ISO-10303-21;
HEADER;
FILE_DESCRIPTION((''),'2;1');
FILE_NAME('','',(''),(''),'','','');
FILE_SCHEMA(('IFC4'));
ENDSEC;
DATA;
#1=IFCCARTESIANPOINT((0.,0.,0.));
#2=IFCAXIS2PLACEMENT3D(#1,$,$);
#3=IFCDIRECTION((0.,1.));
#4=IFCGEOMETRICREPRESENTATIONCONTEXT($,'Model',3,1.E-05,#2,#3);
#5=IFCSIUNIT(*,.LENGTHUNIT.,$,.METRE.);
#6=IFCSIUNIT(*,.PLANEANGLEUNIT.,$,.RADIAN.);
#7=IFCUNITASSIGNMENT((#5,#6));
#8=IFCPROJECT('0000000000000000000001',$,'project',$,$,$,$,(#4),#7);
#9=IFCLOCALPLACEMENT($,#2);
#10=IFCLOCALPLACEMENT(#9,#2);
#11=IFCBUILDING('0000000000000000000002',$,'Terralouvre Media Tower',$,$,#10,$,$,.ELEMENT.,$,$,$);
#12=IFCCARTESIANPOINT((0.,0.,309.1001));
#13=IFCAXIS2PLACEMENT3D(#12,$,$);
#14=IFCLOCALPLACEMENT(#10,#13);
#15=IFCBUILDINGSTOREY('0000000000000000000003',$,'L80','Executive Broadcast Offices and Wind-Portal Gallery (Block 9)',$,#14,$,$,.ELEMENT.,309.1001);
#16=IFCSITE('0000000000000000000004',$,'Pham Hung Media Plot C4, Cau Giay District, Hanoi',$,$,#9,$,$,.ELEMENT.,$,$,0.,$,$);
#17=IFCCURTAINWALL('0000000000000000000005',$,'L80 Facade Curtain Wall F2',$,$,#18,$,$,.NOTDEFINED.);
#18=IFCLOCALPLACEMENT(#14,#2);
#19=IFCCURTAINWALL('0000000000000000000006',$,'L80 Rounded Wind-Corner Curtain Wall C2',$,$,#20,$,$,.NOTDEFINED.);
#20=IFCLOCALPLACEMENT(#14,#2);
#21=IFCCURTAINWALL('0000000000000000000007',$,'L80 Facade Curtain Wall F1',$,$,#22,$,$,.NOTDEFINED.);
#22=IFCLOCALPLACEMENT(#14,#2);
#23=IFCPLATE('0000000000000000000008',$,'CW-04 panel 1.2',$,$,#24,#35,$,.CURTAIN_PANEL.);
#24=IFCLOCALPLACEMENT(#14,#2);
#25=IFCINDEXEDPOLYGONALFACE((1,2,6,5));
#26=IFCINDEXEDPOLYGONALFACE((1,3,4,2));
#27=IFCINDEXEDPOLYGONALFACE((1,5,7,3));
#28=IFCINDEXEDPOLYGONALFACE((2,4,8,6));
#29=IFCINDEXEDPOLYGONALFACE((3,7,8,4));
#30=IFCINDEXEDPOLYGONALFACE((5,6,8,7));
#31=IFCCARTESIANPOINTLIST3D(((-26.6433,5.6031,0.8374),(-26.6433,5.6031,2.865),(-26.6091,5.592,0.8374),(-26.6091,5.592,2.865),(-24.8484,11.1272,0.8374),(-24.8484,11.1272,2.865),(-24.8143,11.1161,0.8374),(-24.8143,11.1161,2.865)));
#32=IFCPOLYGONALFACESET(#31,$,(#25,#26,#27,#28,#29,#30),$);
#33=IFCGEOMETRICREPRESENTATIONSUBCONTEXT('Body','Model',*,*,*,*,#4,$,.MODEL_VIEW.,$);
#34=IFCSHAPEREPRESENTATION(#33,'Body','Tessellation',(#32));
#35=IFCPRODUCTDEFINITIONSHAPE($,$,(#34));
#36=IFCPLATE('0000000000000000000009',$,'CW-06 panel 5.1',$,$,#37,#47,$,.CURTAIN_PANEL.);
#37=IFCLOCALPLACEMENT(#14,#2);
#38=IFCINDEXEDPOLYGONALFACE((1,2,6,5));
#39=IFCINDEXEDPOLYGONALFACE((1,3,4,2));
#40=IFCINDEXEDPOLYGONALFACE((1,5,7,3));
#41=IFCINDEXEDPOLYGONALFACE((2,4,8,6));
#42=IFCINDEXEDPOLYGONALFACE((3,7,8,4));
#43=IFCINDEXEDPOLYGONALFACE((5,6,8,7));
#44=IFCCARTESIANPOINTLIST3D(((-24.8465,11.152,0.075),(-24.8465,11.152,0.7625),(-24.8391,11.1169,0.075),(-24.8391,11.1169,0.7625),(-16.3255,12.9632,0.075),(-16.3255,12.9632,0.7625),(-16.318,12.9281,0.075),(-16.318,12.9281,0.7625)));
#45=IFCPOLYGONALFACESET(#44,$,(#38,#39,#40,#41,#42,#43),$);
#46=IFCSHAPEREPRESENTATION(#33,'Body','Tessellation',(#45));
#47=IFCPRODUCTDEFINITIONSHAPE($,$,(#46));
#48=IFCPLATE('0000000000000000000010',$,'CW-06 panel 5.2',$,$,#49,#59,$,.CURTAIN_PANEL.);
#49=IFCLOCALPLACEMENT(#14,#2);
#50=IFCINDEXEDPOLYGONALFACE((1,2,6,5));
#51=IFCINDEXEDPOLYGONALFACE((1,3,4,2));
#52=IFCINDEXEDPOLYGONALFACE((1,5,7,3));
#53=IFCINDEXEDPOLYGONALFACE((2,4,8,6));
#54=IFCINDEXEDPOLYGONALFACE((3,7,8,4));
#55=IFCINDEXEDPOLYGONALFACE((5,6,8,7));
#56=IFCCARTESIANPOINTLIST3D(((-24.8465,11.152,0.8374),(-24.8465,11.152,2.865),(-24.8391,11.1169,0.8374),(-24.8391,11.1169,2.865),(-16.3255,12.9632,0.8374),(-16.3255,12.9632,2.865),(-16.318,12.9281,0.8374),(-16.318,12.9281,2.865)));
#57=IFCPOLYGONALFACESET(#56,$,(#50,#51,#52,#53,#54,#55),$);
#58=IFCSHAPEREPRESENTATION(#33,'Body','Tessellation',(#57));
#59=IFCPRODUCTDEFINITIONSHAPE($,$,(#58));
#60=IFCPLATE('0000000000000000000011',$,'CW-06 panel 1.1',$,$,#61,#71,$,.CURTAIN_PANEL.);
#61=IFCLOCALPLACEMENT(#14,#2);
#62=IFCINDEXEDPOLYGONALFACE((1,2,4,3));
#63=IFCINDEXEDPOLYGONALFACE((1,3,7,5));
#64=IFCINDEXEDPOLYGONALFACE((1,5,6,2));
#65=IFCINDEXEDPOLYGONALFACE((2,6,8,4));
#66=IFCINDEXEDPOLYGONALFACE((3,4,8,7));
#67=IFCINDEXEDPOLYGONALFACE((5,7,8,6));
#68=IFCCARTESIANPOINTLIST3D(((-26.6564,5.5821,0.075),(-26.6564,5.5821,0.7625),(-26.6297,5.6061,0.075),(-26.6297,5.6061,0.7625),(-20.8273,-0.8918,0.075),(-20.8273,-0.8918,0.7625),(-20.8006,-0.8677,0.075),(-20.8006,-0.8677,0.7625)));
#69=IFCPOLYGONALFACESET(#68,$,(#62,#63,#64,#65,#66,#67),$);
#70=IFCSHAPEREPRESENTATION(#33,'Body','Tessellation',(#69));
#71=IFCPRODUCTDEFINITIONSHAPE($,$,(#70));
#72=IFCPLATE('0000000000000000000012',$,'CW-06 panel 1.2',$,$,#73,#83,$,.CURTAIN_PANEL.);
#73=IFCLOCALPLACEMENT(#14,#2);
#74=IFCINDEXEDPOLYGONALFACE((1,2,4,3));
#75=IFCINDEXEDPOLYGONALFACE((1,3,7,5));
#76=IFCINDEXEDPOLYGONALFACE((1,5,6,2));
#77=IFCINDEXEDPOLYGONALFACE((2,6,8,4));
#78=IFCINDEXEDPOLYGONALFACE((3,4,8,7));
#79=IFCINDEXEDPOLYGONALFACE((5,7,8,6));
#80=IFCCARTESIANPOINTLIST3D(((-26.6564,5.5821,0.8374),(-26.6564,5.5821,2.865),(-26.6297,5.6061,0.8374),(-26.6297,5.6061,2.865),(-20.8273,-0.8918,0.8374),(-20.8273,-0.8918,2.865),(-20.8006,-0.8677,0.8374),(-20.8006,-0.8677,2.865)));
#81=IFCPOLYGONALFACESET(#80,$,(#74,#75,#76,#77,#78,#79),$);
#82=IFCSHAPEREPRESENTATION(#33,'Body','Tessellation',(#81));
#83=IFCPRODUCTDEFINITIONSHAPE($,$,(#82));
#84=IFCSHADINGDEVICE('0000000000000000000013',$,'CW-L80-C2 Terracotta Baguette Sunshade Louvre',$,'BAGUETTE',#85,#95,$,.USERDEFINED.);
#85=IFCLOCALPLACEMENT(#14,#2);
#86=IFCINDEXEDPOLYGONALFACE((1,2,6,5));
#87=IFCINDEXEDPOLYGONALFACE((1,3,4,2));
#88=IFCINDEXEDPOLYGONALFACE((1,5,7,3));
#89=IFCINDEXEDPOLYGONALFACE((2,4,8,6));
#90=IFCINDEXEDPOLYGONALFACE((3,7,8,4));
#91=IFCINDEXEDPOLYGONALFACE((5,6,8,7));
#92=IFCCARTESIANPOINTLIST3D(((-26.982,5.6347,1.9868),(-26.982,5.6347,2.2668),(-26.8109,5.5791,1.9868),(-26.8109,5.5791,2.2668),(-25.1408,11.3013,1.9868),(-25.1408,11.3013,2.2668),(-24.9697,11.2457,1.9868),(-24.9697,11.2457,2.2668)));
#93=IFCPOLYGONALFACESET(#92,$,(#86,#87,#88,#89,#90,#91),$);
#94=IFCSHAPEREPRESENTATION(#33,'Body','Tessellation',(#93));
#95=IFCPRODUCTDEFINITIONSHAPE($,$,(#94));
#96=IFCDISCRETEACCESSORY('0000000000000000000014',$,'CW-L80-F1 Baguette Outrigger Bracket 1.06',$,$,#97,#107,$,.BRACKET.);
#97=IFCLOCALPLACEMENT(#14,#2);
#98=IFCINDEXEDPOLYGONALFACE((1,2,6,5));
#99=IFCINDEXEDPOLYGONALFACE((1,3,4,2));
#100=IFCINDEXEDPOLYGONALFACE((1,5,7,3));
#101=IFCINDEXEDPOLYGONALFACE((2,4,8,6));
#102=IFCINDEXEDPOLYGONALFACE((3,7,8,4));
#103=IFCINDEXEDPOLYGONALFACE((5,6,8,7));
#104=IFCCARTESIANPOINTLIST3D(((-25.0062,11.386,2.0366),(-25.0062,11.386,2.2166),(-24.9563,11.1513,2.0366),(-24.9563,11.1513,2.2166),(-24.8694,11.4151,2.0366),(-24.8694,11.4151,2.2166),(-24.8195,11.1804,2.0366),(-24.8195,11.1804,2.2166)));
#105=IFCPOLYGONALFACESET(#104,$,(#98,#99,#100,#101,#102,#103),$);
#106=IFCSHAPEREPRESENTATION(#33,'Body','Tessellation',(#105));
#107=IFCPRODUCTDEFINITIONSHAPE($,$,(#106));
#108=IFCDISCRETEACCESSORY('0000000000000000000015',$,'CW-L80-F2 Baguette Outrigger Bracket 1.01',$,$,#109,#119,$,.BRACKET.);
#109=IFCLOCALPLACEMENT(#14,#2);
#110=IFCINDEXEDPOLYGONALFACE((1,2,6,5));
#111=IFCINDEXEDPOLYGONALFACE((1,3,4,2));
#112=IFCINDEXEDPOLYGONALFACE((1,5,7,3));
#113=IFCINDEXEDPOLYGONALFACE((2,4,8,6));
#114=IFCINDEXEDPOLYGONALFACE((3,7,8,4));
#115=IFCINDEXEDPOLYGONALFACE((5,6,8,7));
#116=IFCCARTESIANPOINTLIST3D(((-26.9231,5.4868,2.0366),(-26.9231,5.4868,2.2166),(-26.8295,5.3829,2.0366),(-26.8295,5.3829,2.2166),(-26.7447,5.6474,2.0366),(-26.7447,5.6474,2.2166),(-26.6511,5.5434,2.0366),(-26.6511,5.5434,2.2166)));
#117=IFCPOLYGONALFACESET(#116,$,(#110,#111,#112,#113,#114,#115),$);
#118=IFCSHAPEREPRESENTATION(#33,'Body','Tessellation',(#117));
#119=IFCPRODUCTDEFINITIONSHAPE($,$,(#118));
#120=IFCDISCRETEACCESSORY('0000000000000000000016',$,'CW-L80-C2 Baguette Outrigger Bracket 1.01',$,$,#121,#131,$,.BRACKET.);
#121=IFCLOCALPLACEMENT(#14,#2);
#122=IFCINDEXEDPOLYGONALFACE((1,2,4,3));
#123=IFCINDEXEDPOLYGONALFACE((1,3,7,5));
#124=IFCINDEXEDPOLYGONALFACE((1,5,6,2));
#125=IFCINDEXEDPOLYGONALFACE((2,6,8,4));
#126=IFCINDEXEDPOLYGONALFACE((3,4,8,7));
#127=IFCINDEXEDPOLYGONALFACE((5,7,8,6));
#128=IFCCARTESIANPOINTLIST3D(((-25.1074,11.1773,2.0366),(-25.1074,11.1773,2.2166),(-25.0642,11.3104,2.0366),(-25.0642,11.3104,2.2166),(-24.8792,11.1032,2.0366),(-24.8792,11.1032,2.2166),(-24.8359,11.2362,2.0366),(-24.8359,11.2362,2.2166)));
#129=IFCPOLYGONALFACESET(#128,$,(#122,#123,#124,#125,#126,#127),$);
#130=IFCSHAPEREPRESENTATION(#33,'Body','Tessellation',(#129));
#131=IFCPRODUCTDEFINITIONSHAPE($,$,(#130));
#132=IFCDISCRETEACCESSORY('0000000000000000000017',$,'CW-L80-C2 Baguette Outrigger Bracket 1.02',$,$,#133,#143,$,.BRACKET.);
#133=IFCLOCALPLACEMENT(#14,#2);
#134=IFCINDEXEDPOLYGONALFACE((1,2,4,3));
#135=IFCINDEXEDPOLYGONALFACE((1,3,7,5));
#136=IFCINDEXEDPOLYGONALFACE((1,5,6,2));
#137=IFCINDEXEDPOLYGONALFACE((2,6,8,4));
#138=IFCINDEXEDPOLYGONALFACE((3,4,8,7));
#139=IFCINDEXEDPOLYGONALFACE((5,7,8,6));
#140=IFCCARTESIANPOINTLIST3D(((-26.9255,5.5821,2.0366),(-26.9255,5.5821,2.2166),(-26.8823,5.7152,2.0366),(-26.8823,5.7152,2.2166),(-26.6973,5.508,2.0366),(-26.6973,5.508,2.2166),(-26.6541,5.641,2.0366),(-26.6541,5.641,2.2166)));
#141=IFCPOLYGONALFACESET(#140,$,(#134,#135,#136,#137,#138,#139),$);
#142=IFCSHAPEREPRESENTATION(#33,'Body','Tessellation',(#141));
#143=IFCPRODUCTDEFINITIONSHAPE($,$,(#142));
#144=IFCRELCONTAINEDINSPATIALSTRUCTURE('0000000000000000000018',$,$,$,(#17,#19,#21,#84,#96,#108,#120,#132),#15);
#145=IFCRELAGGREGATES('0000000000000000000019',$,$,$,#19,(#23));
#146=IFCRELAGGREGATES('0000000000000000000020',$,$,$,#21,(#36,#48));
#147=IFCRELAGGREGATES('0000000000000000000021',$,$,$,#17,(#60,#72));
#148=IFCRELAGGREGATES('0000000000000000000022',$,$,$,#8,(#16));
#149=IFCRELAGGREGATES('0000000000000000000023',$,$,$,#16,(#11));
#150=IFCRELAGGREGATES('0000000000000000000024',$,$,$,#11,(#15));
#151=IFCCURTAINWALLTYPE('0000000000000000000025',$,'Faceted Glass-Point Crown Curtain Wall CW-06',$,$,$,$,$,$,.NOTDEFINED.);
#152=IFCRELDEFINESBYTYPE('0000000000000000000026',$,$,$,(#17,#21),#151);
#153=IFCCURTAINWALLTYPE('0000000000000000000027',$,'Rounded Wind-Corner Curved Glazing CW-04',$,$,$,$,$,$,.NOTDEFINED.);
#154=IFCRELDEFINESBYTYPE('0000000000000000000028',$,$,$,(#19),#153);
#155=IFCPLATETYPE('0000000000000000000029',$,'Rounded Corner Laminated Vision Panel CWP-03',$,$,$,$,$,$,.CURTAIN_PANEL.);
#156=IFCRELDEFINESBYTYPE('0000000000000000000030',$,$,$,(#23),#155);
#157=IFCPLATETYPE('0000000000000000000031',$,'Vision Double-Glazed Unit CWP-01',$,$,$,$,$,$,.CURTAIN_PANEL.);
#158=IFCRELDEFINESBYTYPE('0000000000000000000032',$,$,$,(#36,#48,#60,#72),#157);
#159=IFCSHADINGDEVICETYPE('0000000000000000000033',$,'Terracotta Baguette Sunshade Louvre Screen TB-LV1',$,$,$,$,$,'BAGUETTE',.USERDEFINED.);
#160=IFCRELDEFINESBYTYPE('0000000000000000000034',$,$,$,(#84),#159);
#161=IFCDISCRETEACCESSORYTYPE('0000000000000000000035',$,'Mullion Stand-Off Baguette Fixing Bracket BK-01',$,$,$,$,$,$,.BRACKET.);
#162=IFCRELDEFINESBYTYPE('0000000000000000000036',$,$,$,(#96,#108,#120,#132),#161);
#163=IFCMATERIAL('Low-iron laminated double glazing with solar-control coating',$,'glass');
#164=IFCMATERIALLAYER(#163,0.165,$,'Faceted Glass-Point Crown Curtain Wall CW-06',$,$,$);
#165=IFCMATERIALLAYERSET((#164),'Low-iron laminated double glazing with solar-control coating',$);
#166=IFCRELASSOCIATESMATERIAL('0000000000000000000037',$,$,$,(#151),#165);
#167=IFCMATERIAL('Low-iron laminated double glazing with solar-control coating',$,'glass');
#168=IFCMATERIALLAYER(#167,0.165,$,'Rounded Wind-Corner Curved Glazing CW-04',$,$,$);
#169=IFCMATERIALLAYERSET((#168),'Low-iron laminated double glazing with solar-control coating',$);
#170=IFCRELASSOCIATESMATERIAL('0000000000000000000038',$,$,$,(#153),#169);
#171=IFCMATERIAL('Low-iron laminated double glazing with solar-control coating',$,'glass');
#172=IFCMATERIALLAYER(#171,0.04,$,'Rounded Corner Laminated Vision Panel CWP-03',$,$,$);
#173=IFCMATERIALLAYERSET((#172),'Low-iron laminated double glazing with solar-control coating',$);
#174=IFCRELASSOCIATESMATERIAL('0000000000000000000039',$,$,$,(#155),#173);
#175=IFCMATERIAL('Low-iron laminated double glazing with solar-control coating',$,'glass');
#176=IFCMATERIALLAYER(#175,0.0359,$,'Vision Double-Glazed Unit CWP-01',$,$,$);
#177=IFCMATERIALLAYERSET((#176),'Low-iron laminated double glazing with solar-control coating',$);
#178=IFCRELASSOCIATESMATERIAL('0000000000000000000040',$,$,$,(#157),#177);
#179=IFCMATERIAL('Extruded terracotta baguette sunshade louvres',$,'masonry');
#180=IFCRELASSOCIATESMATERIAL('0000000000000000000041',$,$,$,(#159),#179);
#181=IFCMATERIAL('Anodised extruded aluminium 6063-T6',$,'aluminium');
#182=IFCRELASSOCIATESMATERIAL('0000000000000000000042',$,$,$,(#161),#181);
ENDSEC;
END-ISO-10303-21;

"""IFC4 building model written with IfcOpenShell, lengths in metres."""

from ifc_helpers import new_model, si_unit, direction, frame, origin, origin_2d, place, context, subcontext, project, spatial, rectangle, extrude, material, layer, layer_set, type_object, element, aggregate, save


model = new_model("IFC4")

# Units and contexts
model_context = context("Model", 3, precision=1e-05, world=origin(), true_north=direction((0.0, 1.0)))
body_context = subcontext(model_context, "Body", "Model", "MODEL_VIEW")
ifc_project = project(units=[si_unit("LENGTHUNIT", "METRE"), si_unit("PLANEANGLEUNIT", "RADIAN")], contexts=[model_context])

# Site, building, storey
site_placement = place(None, origin())
site = spatial("IfcSite", under=ifc_project, at=site_placement, Name="Pham Hung Media Plot C4, Cau Giay District, Hanoi", CompositionType="ELEMENT", RefElevation=0.0)
building_placement = place(site_placement, origin())
building = spatial("IfcBuilding", under=site, at=building_placement, Name="Terralouvre Media Tower", CompositionType="ELEMENT")
storey_placement = place(building_placement, frame((0.0, 0.0, 309.1001)))
storey = spatial("IfcBuildingStorey", under=building, at=storey_placement, Name="L80", Description="Executive Broadcast Offices and Wind-Portal Gallery (Block 9)", CompositionType="ELEMENT", Elevation=309.1001)

# Curtain walls
ifc_material_1 = material(Name="Low-iron laminated double glazing with solar-control coating", Category="glass")
ifc_layer_1 = layer(ifc_material_1, 0.165, Name="Faceted Glass-Point Crown Curtain Wall CW-06")
ifc_layer_set_1 = layer_set([ifc_layer_1], Name="Low-iron laminated double glazing with solar-control coating")
curtain_wall_type_1 = type_object("IfcCurtainWallType", Name="Faceted Glass-Point Crown Curtain Wall CW-06", PredefinedType="NOTDEFINED", material=ifc_layer_set_1)
curtain_wall_1_placement = place(storey_placement, origin())
curtain_wall_1 = element("IfcCurtainWall", 1, at=curtain_wall_1_placement, inside=storey, type_object=curtain_wall_type_1, Name="L80 Facade Curtain Wall F2", PredefinedType="NOTDEFINED")
ifc_material_2 = material(Name="Low-iron laminated double glazing with solar-control coating", Category="glass")
ifc_layer_2 = layer(ifc_material_2, 0.165, Name="Rounded Wind-Corner Curved Glazing CW-04")
ifc_layer_set_2 = layer_set([ifc_layer_2], Name="Low-iron laminated double glazing with solar-control coating")
curtain_wall_type_2 = type_object("IfcCurtainWallType", Name="Rounded Wind-Corner Curved Glazing CW-04", PredefinedType="NOTDEFINED", material=ifc_layer_set_2)
curtain_wall_2_placement = place(storey_placement, origin())
curtain_wall_2 = element("IfcCurtainWall", 2, at=curtain_wall_2_placement, inside=storey, type_object=curtain_wall_type_2, Name="L80 Rounded Wind-Corner Curtain Wall C2", PredefinedType="NOTDEFINED")

# Curtain wall
curtain_wall_3_placement = place(storey_placement, origin())
curtain_wall_3 = element("IfcCurtainWall", 3, at=curtain_wall_3_placement, inside=storey, type_object=curtain_wall_type_1, Name="L80 Facade Curtain Wall F1", PredefinedType="NOTDEFINED")

# Plates
ifc_material_3 = material(Name="Low-iron laminated double glazing with solar-control coating", Category="glass")
ifc_layer_3 = layer(ifc_material_3, 0.04, Name="Rounded Corner Laminated Vision Panel CWP-03")
ifc_layer_set_3 = layer_set([ifc_layer_3], Name="Low-iron laminated double glazing with solar-control coating")
plate_type_1 = type_object("IfcPlateType", Name="Rounded Corner Laminated Vision Panel CWP-03", PredefinedType="CURTAIN_PANEL", material=ifc_layer_set_3)
plate_1_placement = place(storey_placement, frame((-25.7288, 8.3596, 0.8374), z_axis=(0.0, 0.0, 1.0), x_axis=(-0.309017, -0.951057, 0.0)))
plate_1 = element("IfcPlate", 4, at=plate_1_placement, type_object=plate_type_1, Name="CW-04 panel 1.2", PredefinedType="CURTAIN_PANEL", context=body_context, shape_type="SweptSolid", body=[
    extrude(rectangle(XDim=5.8083, YDim=0.0359, at=origin_2d()), origin(), (0.0, 0.0, 1.0), 2.0276),
])
aggregate(curtain_wall_2, [plate_1])
ifc_material_4 = material(Name="Low-iron laminated double glazing with solar-control coating", Category="glass")
ifc_layer_4 = layer(ifc_material_4, 0.0359, Name="Vision Double-Glazed Unit CWP-01")
ifc_layer_set_4 = layer_set([ifc_layer_4], Name="Low-iron laminated double glazing with solar-control coating")
plate_type_2 = type_object("IfcPlateType", Name="Vision Double-Glazed Unit CWP-01", PredefinedType="CURTAIN_PANEL", material=ifc_layer_set_4)
plate_2_placement = place(storey_placement, frame((-20.5823, 12.04, 0.075), z_axis=(0.0, 0.0, 1.0), x_axis=(-0.978148, -0.207912, 0.0)))
plate_2 = element("IfcPlate", 5, at=plate_2_placement, type_object=plate_type_2, Name="CW-06 panel 5.1", PredefinedType="CURTAIN_PANEL", context=body_context, shape_type="SweptSolid", body=[
    extrude(rectangle(XDim=8.7114, YDim=0.0359, at=origin_2d()), origin(), (0.0, 0.0, 1.0), 0.6875),
])
plate_3_placement = place(storey_placement, frame((-20.5823, 12.04, 0.8374), z_axis=(0.0, 0.0, 1.0), x_axis=(-0.978148, -0.207912, 0.0)))
plate_3 = element("IfcPlate", 6, at=plate_3_placement, type_object=plate_type_2, Name="CW-06 panel 5.2", PredefinedType="CURTAIN_PANEL", context=body_context, shape_type="SweptSolid", body=[
    extrude(rectangle(XDim=8.7114, YDim=0.0359, at=origin_2d()), origin(), (0.0, 0.0, 1.0), 2.0276),
])
aggregate(curtain_wall_3, [plate_2, plate_3])
plate_4_placement = place(storey_placement, frame((-23.7285, 2.3572, 0.075), z_axis=(0.0, 0.0, 1.0), x_axis=(0.669131, -0.743145, 0.0)))
plate_4 = element("IfcPlate", 7, at=plate_4_placement, type_object=plate_type_2, Name="CW-06 panel 1.1", PredefinedType="CURTAIN_PANEL", context=body_context, shape_type="SweptSolid", body=[
    extrude(rectangle(XDim=8.7114, YDim=0.0359, at=origin_2d()), origin(), (0.0, 0.0, 1.0), 0.6875),
])
plate_5_placement = place(storey_placement, frame((-23.7285, 2.3572, 0.8374), z_axis=(0.0, 0.0, 1.0), x_axis=(0.669131, -0.743145, 0.0)))
plate_5 = element("IfcPlate", 8, at=plate_5_placement, type_object=plate_type_2, Name="CW-06 panel 1.2", PredefinedType="CURTAIN_PANEL", context=body_context, shape_type="SweptSolid", body=[
    extrude(rectangle(XDim=8.7114, YDim=0.0359, at=origin_2d()), origin(), (0.0, 0.0, 1.0), 2.0276),
])
aggregate(curtain_wall_1, [plate_4, plate_5])

# Shading device
ifc_material_5 = material(Name="Extruded terracotta baguette sunshade louvres", Category="masonry")
shading_device_type = type_object("IfcShadingDeviceType", Name="Terracotta Baguette Sunshade Louvre Screen TB-LV1", ElementType="BAGUETTE", PredefinedType="USERDEFINED", material=ifc_material_5)
shading_device_placement = place(storey_placement, frame((-25.9758, 8.4402, 1.9868), z_axis=(0.0, 0.0, 1.0), x_axis=(-0.309017, -0.951057, 0.0)))
element("IfcShadingDevice", 9, at=shading_device_placement, inside=storey, type_object=shading_device_type, Name="CW-L80-C2 Terracotta Baguette Sunshade Louvre", ObjectType="BAGUETTE", PredefinedType="USERDEFINED", context=body_context, shape_type="SweptSolid", body=[
    extrude(rectangle(XDim=5.9583, YDim=0.1799, at=origin_2d()), origin(), (0.0, 0.0, 1.0), 0.28),
])

# Discrete accessories
ifc_material_6 = material(Name="Anodised extruded aluminium 6063-T6", Category="aluminium")
discrete_accessory_type = type_object("IfcDiscreteAccessoryType", Name="Mullion Stand-Off Baguette Fixing Bracket BK-01", PredefinedType="BRACKET", material=ifc_material_6)
for number, where, z_axis, x_axis, name in (
    (10, (-24.9128, 11.2832, 2.0366), (0.0, 0.0, 1.0), (-0.978148, -0.207912, 0.0), "CW-L80-F1 Baguette Outrigger Bracket 1.06"),
    (11, (-26.7871, 5.5151, 2.0366), (0.0, 0.0, 1.0), (0.669131, -0.743145, 0.0), "CW-L80-F2 Baguette Outrigger Bracket 1.01"),
    (12, (-24.9717, 11.2068, 2.0366), (0.0, 0.0, 1.0), (-0.309017, -0.951057, 0.0), "CW-L80-C2 Baguette Outrigger Bracket 1.01"),
    (13, (-26.7898, 5.6116, 2.0366), (0.0, 0.0, 1.0), (-0.309017, -0.951057, 0.0), "CW-L80-C2 Baguette Outrigger Bracket 1.02"),
):
    element("IfcDiscreteAccessory", number, at=place(storey_placement, frame(where, z_axis=z_axis, x_axis=x_axis)), inside=storey, type_object=discrete_accessory_type, Name=name, PredefinedType="BRACKET", context=body_context, shape_type="SweptSolid", body=[
        extrude(rectangle(XDim=0.1399, YDim=0.24, at=origin_2d()), origin(), (0.0, 0.0, 1.0), 0.1799),
    ])

save(model, "model.ifc")
